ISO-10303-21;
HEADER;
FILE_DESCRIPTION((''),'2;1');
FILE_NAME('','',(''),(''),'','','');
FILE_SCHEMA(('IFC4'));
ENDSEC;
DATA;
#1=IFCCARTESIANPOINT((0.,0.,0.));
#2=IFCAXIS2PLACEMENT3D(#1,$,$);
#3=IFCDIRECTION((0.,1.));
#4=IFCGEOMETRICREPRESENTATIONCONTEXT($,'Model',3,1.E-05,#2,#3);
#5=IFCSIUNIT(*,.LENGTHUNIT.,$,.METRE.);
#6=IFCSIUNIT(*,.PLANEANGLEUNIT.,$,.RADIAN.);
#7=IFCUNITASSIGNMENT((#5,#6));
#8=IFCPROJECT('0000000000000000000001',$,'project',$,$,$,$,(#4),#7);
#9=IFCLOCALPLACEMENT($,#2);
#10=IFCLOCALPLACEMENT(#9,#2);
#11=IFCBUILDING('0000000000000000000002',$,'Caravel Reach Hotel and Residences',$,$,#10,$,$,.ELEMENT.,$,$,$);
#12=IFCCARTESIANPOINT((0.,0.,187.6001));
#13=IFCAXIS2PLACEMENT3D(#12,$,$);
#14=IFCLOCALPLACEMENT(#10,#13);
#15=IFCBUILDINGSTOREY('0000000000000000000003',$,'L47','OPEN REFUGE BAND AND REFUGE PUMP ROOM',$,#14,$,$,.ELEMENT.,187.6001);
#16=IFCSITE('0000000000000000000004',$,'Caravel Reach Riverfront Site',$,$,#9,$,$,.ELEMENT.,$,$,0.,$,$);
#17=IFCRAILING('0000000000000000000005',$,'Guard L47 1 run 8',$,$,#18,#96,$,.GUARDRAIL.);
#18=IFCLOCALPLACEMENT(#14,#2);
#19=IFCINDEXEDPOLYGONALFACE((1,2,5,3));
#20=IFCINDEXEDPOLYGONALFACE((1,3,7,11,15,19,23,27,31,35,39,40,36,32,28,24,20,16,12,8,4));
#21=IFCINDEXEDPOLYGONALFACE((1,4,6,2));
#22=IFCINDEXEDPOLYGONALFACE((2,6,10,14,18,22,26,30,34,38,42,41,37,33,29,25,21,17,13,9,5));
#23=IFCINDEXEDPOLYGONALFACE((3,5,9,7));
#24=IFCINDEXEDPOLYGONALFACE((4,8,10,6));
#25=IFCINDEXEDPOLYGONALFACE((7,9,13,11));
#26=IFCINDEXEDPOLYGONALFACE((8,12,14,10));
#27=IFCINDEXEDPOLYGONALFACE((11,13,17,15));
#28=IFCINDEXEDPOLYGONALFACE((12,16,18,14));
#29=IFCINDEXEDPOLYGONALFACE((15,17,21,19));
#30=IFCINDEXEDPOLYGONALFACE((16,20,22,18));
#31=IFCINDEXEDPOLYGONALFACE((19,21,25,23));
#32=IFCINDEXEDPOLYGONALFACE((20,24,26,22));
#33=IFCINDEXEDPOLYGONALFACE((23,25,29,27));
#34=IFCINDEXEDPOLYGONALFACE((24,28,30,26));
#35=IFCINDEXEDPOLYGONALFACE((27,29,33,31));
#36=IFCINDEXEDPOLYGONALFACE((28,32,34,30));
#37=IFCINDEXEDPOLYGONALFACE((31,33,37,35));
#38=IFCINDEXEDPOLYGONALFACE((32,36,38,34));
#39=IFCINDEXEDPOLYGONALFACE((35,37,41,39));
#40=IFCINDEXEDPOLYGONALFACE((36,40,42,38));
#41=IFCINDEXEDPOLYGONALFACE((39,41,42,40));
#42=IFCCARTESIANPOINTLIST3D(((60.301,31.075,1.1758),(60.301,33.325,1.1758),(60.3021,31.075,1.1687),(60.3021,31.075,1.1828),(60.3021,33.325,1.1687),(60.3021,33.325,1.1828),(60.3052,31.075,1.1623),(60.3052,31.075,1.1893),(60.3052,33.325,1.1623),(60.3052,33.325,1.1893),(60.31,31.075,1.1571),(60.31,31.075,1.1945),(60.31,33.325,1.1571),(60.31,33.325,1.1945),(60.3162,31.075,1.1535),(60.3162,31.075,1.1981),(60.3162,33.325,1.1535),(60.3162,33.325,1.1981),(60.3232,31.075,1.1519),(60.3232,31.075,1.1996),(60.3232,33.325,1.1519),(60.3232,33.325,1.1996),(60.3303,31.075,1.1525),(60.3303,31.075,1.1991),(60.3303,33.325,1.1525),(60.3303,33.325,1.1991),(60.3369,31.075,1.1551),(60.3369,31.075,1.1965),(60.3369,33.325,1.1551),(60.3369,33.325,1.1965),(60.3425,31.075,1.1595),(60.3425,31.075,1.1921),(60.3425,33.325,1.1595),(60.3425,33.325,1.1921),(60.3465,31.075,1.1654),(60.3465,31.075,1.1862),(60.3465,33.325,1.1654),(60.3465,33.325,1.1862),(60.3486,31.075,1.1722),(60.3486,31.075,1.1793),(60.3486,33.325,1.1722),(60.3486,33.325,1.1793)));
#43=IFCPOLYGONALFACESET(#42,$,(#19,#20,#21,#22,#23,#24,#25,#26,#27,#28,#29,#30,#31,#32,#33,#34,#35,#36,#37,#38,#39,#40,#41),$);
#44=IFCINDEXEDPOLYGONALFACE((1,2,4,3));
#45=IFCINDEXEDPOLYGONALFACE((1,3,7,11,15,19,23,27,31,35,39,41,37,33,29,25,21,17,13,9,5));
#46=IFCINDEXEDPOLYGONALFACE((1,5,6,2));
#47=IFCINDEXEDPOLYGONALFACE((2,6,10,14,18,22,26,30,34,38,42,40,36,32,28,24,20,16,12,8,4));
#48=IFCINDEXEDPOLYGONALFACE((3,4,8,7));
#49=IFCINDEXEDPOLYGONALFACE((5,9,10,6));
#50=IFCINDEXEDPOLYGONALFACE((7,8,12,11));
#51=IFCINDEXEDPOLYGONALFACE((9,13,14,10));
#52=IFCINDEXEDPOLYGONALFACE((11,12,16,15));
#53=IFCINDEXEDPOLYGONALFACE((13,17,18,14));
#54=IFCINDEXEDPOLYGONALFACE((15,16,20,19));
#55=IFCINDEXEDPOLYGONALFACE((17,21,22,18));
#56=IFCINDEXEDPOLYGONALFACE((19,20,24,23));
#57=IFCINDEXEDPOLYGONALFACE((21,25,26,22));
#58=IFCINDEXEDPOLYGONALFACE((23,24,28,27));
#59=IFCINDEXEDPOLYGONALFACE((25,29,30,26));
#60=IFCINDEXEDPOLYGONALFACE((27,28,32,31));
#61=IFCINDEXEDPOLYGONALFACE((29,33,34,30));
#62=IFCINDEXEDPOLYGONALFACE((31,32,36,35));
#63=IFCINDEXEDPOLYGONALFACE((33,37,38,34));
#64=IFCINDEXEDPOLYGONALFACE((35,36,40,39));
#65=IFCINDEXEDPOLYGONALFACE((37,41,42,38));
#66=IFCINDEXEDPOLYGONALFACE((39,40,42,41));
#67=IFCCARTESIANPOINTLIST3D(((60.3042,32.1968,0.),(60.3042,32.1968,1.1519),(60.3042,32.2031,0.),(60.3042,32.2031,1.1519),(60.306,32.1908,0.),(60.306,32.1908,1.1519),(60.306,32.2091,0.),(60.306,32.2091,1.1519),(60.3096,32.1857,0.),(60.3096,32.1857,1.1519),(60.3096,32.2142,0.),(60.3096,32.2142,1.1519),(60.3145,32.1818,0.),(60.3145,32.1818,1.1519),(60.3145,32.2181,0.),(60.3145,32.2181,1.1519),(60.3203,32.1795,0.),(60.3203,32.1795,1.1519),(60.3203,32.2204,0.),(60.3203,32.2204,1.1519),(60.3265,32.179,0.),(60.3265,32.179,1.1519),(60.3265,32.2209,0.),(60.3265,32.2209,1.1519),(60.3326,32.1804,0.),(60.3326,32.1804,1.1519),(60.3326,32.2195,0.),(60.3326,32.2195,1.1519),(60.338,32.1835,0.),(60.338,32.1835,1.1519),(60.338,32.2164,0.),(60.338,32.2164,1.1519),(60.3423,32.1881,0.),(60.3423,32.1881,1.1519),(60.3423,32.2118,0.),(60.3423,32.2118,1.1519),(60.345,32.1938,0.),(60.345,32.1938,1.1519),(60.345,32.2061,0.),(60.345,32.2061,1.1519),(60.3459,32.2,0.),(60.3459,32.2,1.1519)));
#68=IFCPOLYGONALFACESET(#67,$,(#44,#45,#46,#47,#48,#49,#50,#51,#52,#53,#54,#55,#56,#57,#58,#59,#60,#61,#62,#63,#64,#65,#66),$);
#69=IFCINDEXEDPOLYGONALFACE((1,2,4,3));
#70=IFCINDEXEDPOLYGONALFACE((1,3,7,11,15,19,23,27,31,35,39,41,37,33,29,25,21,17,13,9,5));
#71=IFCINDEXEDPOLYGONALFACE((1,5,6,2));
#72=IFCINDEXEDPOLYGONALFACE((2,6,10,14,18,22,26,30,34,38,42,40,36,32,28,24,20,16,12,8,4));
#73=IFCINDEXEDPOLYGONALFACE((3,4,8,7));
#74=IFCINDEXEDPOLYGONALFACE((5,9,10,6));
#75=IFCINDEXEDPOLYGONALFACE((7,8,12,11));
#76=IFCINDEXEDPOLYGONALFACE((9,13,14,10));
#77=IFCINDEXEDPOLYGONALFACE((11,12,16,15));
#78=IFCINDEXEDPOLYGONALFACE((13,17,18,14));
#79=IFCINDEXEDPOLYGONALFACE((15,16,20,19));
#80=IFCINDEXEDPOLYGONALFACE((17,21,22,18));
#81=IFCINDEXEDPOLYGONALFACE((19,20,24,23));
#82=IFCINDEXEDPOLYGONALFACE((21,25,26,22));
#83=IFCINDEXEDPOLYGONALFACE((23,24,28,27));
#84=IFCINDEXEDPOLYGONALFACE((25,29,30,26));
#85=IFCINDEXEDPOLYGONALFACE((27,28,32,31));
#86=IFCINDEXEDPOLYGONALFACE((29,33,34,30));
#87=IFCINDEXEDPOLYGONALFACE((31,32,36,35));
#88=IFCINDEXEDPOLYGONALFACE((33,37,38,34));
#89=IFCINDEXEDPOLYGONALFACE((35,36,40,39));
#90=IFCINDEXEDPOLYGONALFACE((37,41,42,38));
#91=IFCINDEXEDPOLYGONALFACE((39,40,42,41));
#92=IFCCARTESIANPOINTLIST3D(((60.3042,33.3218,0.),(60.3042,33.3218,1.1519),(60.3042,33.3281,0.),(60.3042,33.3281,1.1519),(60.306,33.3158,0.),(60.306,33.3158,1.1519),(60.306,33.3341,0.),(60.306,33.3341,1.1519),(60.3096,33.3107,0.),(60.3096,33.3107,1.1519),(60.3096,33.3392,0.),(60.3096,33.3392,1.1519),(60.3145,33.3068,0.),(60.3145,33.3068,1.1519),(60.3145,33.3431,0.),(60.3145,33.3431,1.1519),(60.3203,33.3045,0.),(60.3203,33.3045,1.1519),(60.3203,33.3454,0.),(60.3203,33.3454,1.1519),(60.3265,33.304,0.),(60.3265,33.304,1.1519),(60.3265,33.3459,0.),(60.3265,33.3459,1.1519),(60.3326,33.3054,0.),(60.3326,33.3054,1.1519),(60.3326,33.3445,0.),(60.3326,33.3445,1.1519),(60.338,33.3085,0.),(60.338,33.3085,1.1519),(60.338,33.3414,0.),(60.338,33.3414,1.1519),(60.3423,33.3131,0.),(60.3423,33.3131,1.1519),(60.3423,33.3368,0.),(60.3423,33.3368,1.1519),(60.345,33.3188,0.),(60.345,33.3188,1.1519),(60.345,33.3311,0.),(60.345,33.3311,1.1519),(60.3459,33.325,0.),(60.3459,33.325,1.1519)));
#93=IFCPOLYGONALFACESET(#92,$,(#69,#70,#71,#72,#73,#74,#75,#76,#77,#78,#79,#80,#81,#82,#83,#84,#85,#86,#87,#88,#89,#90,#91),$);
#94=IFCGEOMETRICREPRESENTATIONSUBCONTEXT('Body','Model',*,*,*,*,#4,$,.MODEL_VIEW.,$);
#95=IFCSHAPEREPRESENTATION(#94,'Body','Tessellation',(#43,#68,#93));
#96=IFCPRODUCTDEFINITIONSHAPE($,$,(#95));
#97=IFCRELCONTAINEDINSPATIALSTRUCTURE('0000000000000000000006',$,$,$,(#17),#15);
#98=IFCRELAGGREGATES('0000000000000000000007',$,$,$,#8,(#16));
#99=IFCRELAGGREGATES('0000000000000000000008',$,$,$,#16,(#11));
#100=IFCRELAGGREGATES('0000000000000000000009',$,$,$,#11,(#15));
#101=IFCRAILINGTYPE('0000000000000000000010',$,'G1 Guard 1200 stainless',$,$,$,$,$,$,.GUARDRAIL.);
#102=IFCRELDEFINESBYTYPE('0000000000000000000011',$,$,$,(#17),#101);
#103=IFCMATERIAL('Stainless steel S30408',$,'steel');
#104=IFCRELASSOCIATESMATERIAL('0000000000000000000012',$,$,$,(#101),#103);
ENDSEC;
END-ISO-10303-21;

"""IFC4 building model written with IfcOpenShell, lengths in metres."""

from ifc_helpers import new_model, si_unit, direction, frame, origin, origin_2d, place, context, subcontext, project, spatial, circle, extrude, material, type_object, element, save


model = new_model("IFC4")

# Units and contexts
model_context = context("Model", 3, precision=1e-05, world=origin(), true_north=direction((0.0, 1.0)))
body_context = subcontext(model_context, "Body", "Model", "MODEL_VIEW")
ifc_project = project(units=[si_unit("LENGTHUNIT", "METRE"), si_unit("PLANEANGLEUNIT", "RADIAN")], contexts=[model_context])

# Site, building, storey
site_placement = place(None, origin())
site = spatial("IfcSite", under=ifc_project, at=site_placement, Name="Caravel Reach Riverfront Site", CompositionType="ELEMENT", RefElevation=0.0)
building_placement = place(site_placement, origin())
building = spatial("IfcBuilding", under=site, at=building_placement, Name="Caravel Reach Hotel and Residences", CompositionType="ELEMENT")
storey_placement = place(building_placement, frame((0.0, 0.0, 187.6001)))
storey = spatial("IfcBuildingStorey", under=building, at=storey_placement, Name="L47", Description="OPEN REFUGE BAND AND REFUGE PUMP ROOM", CompositionType="ELEMENT", Elevation=187.6001)

# Railing
ifc_material_1 = material(Name="Stainless steel S30408", Category="steel")
railing_type = type_object("IfcRailingType", Name="G1 Guard 1200 stainless", PredefinedType="GUARDRAIL", material=ifc_material_1)
railing_1_placement = place(storey_placement, frame((60.325, 31.075, 0.0)))
element("IfcRailing", 1, at=railing_1_placement, inside=storey, type_object=railing_type, Name="Guard L47 1 run 8", PredefinedType="GUARDRAIL", context=body_context, shape_type="SweptSolid", body=[
    extrude(circle(Radius=0.0239, at=origin_2d()), frame((0.0, 0.0, 1.1758), z_axis=(0.0, 1.0, 0.0), x_axis=(-1.0, 0.0, 0.0)), (0.0, 0.0, 1.0), 2.25),
    extrude(circle(Radius=0.021, at=origin_2d()), frame((0.0, 1.125, 0.0)), (0.0, 0.0, 1.0), 1.1519),
    extrude(circle(Radius=0.021, at=origin_2d()), frame((0.0, 2.25, 0.0)), (0.0, 0.0, 1.0), 1.1519),
])

save(model, "model.ifc")
